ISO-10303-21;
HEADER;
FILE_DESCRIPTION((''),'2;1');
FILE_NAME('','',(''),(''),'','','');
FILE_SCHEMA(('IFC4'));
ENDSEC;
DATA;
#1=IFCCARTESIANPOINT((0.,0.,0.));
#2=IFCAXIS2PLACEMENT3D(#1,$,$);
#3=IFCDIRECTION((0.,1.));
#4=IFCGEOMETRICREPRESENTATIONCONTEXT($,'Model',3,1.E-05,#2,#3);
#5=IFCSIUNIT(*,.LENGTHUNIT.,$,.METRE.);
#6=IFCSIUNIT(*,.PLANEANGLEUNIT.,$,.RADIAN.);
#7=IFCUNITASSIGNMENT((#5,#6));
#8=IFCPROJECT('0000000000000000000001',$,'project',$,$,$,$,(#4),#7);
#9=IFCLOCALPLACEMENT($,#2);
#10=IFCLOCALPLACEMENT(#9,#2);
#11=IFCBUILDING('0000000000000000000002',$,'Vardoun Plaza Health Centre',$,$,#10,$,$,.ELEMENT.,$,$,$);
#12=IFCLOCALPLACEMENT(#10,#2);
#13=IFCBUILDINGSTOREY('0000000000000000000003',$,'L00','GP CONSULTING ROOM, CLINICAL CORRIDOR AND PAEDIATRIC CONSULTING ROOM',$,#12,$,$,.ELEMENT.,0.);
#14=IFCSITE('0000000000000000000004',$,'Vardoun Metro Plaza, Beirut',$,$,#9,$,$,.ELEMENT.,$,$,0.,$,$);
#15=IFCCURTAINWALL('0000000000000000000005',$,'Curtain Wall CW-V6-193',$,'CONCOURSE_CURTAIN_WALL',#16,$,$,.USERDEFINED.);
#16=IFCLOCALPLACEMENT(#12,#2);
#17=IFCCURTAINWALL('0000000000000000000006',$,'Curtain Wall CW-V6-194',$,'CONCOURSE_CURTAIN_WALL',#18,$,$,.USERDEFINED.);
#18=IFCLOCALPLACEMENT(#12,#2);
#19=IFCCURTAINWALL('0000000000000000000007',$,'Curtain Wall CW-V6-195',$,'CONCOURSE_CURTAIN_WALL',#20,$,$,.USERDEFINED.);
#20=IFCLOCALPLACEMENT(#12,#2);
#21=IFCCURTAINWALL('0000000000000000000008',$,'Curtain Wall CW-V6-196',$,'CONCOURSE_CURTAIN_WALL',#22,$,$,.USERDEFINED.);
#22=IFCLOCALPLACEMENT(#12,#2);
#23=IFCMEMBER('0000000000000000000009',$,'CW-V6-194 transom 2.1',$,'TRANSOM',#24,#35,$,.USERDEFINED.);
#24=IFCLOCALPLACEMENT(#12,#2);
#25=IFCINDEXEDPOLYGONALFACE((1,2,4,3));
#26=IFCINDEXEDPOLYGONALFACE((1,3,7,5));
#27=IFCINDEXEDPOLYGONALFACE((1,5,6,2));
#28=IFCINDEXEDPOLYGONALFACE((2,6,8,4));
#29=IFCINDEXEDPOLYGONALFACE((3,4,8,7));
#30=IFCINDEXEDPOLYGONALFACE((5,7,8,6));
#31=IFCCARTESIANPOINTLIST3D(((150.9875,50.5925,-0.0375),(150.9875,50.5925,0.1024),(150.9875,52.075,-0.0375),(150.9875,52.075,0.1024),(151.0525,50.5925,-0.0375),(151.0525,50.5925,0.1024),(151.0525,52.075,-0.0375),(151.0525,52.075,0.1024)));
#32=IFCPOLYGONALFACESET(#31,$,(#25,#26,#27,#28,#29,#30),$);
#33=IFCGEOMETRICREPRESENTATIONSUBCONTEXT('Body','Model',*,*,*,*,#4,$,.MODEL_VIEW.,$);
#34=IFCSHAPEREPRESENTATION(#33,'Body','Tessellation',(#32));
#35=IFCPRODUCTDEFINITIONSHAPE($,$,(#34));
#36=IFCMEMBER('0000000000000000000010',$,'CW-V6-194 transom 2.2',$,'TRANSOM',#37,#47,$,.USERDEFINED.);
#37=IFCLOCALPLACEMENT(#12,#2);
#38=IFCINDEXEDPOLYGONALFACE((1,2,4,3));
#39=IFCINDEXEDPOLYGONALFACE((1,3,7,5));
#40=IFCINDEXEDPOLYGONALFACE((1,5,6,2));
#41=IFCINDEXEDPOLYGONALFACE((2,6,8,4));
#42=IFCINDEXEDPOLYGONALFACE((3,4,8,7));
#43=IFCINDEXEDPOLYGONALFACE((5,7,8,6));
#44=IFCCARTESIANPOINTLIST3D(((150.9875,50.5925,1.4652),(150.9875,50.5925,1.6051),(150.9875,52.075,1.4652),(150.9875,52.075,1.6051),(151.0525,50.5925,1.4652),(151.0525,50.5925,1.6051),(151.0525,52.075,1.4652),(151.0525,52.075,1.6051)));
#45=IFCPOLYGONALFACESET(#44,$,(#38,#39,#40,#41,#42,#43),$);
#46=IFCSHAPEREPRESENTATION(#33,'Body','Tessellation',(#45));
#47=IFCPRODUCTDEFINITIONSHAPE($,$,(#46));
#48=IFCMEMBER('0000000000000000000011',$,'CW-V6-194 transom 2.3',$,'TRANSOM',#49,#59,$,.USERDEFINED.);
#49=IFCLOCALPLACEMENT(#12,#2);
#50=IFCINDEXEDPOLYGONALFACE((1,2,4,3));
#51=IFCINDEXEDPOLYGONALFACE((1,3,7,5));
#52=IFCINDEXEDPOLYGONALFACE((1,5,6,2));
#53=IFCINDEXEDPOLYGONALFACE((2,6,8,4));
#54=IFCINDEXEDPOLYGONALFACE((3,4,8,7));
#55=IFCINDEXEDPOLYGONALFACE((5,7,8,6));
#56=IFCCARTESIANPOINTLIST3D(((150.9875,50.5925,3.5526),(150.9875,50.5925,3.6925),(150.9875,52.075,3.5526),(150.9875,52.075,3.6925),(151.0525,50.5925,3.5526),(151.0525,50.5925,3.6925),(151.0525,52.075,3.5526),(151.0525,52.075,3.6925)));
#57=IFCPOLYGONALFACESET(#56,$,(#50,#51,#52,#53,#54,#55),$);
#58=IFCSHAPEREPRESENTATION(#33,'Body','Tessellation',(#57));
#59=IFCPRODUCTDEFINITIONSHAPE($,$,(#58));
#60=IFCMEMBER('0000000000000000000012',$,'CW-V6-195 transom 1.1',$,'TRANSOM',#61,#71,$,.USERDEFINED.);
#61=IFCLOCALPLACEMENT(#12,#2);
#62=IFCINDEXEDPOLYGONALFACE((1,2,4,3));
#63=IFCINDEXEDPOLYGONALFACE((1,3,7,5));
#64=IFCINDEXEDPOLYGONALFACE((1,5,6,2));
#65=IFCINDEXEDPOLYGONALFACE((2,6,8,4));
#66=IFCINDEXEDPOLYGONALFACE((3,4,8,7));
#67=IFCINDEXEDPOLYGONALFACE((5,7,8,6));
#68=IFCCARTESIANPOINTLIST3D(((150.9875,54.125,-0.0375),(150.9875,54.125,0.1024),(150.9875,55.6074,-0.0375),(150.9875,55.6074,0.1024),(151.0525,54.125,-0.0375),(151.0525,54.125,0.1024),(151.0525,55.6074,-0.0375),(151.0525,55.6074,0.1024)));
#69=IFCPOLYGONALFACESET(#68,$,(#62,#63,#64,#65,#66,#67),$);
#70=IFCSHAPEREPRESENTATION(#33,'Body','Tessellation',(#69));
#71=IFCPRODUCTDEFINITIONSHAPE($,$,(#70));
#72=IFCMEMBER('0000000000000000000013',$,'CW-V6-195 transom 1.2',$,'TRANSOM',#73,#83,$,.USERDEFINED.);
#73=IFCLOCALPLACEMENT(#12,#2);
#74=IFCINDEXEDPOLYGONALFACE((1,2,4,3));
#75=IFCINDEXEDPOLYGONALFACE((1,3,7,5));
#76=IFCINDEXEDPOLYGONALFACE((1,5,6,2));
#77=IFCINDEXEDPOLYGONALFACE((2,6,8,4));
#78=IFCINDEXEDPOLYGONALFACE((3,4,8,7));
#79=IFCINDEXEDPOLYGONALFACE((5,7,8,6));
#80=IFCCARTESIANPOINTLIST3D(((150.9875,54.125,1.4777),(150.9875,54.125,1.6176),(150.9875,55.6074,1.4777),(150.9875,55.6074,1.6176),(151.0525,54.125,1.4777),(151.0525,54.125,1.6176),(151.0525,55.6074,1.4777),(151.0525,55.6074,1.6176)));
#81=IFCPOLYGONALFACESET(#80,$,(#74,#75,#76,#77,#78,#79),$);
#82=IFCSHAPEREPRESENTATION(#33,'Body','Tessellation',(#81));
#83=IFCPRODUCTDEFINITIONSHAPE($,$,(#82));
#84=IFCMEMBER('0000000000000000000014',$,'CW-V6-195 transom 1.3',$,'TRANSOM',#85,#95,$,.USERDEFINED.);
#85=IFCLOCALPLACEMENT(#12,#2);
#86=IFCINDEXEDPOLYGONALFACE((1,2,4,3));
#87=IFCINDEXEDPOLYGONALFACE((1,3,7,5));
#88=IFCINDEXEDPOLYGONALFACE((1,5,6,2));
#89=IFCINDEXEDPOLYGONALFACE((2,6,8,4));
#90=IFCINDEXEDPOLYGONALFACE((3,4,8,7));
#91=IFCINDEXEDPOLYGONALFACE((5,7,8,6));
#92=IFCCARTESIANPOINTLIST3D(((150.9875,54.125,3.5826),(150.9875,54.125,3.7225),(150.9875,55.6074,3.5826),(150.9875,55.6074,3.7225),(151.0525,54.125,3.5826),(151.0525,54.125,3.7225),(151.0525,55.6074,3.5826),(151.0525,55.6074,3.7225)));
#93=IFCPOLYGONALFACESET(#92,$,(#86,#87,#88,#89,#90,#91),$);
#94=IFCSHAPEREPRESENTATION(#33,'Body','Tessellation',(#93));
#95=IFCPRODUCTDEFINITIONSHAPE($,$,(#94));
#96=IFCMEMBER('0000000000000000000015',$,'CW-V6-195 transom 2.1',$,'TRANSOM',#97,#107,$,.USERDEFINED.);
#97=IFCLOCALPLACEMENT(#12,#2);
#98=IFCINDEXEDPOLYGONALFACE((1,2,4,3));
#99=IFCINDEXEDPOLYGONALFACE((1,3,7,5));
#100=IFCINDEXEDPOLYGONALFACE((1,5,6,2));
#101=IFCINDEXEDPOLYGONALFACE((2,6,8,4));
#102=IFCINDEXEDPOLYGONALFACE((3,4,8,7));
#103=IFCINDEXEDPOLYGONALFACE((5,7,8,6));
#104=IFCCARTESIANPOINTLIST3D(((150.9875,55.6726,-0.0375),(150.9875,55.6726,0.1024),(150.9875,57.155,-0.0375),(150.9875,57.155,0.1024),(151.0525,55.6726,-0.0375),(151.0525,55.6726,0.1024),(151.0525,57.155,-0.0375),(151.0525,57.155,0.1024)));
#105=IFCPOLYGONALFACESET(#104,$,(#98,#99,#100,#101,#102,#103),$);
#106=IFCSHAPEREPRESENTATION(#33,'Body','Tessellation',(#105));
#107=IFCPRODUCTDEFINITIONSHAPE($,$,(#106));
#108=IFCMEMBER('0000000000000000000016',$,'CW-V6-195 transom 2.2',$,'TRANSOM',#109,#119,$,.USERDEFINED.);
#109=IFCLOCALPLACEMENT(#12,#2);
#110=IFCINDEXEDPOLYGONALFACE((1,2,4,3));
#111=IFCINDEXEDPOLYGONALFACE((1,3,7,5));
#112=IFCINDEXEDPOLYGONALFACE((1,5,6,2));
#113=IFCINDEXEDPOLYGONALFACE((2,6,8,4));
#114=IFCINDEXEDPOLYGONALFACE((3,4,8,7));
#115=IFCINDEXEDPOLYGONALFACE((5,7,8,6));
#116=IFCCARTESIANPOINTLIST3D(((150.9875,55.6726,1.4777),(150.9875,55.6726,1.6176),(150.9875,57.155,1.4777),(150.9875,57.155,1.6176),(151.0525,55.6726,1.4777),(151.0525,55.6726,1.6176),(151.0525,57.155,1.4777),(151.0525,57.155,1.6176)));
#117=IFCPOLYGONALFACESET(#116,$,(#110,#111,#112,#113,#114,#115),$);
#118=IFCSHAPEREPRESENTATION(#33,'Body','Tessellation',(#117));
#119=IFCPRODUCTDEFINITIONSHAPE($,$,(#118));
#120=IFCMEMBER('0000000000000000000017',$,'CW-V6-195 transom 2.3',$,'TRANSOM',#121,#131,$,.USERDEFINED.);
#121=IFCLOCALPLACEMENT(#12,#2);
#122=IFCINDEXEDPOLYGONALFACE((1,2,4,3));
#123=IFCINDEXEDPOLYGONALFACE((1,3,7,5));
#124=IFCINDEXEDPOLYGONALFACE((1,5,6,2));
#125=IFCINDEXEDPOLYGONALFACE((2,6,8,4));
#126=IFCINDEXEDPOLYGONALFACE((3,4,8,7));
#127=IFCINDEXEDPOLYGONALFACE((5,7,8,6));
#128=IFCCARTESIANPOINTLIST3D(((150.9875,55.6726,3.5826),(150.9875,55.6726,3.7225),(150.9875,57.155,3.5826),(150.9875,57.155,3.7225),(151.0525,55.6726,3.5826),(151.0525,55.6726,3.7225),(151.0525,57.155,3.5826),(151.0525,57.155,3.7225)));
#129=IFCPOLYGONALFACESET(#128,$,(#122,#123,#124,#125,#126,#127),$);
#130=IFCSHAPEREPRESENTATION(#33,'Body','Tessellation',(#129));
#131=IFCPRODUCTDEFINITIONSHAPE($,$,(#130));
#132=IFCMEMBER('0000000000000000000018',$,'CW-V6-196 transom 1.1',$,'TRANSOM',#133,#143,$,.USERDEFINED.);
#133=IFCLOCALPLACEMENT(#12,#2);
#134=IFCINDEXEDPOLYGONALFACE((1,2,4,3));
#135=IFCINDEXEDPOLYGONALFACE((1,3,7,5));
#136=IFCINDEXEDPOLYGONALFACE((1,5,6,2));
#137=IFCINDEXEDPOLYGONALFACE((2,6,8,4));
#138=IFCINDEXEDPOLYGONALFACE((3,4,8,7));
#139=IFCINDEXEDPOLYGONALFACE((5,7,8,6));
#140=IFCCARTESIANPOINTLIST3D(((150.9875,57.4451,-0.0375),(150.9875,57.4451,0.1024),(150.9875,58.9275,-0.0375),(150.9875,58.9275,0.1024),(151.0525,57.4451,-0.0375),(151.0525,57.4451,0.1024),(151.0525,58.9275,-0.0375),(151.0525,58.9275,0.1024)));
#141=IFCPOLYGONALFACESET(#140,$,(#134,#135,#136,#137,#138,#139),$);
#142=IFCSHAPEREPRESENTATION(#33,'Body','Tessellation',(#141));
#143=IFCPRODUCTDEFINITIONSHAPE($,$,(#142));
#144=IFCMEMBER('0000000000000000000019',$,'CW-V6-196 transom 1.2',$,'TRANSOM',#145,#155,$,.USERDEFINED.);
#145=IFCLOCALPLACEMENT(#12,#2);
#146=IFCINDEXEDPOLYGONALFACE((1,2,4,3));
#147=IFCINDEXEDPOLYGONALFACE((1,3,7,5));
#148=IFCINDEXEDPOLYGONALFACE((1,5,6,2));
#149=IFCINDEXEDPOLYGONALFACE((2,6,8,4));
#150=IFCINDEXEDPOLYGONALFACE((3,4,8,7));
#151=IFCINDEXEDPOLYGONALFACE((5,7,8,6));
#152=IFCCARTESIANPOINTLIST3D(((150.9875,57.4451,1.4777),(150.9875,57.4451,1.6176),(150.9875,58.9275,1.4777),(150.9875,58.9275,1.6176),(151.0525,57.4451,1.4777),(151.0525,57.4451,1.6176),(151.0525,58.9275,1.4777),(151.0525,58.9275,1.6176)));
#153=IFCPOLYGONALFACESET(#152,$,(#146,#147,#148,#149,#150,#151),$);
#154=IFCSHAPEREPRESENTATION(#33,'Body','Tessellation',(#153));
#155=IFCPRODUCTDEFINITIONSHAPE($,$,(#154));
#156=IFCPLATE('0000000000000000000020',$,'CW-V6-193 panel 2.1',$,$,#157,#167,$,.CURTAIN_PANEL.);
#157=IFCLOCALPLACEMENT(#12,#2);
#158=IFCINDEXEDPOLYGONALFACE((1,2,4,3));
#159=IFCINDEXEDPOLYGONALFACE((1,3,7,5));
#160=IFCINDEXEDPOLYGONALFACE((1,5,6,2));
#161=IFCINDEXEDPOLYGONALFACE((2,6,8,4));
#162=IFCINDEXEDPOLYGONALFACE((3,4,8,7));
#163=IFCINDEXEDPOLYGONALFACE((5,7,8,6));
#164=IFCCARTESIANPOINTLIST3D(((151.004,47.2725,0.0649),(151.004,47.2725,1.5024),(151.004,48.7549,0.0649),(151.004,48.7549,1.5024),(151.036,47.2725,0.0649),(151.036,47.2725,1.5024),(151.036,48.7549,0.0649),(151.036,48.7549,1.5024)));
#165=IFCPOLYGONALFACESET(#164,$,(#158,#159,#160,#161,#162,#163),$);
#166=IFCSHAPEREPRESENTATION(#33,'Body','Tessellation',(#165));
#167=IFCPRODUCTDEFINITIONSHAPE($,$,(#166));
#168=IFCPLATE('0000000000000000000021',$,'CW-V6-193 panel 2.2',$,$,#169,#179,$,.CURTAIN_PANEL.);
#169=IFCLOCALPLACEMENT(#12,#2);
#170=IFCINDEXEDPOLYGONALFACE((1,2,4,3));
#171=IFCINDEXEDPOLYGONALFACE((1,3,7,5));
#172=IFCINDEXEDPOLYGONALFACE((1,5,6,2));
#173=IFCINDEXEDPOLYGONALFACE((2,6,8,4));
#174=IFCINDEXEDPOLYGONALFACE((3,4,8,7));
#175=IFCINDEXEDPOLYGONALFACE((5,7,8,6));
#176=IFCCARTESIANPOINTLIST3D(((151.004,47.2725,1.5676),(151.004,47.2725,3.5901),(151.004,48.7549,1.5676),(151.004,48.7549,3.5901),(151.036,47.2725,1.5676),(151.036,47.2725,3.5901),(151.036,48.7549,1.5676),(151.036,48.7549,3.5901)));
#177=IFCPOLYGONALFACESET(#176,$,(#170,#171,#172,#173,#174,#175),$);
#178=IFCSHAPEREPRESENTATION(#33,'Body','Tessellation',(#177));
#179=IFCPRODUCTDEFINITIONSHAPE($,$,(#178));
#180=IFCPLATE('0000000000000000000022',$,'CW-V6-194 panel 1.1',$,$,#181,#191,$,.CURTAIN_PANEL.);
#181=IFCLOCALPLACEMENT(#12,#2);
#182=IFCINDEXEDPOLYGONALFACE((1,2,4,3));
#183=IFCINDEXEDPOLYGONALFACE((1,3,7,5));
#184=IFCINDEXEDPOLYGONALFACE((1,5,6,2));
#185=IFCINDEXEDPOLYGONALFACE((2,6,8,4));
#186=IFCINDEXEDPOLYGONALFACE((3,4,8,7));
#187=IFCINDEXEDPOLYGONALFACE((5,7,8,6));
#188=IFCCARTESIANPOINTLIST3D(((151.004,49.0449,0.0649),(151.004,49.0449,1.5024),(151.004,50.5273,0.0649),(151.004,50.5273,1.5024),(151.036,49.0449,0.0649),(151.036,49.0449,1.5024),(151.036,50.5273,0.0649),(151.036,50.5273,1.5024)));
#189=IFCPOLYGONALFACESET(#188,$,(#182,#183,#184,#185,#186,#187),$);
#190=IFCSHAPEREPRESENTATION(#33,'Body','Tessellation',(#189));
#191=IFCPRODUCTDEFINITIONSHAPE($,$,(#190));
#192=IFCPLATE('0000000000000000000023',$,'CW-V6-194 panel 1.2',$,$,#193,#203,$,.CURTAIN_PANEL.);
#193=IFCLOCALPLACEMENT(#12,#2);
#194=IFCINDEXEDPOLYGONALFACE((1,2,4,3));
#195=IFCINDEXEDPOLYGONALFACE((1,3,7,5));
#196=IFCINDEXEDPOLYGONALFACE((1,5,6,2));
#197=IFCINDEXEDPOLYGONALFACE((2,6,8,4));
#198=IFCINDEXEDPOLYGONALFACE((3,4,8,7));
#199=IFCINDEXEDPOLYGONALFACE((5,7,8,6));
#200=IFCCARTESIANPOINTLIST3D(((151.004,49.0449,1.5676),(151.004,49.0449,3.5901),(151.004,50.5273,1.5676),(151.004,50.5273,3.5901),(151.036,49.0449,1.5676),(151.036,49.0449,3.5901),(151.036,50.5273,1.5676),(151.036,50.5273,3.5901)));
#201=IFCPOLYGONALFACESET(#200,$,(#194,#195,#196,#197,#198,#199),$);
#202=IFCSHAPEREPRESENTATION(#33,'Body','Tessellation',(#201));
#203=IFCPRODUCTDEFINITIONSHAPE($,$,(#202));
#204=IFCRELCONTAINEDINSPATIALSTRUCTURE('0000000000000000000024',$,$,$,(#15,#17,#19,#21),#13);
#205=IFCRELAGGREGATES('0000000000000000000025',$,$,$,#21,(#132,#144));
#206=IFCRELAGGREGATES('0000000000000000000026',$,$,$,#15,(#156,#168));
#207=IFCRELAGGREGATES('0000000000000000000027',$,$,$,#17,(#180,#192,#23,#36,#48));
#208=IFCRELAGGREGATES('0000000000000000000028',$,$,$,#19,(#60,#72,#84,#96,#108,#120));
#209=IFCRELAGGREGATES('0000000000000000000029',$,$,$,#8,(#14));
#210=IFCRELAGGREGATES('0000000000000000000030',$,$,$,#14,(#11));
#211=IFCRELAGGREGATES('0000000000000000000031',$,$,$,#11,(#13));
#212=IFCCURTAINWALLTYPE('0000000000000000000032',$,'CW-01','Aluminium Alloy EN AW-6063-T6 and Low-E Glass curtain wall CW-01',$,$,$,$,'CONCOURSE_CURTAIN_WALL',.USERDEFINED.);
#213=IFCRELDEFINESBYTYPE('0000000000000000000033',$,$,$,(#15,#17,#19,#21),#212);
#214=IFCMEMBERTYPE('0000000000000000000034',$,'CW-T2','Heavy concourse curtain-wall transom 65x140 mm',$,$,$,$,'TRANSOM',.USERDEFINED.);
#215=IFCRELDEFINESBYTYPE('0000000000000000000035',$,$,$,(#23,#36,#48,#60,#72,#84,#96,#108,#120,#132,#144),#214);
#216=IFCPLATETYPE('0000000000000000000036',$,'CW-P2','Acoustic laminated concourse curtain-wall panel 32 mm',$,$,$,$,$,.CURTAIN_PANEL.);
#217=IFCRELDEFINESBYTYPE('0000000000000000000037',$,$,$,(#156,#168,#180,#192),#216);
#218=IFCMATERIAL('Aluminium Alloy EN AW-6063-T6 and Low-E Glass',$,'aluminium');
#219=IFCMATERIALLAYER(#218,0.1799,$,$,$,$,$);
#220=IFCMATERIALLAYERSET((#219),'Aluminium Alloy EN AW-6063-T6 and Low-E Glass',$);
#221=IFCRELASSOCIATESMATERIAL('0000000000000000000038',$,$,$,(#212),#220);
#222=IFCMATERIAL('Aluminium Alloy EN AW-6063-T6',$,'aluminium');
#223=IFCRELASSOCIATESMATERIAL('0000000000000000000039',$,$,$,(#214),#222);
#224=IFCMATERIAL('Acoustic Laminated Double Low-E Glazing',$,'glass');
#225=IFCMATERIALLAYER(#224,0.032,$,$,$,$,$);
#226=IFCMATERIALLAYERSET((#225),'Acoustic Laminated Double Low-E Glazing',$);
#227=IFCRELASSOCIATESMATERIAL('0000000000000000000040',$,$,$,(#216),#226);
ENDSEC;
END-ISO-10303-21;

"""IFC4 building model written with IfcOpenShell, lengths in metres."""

from ifc_helpers import new_model, si_unit, direction, frame, origin, origin_2d, place, context, subcontext, project, spatial, rectangle, extrude, material, layer, layer_set, material_profile, profile_set, type_object, element, aggregate, save


model = new_model("IFC4")

# Units and contexts
model_context = context("Model", 3, precision=1e-05, world=origin(), true_north=direction((0.0, 1.0)))
body_context = subcontext(model_context, "Body", "Model", "MODEL_VIEW")
ifc_project = project(units=[si_unit("LENGTHUNIT", "METRE"), si_unit("PLANEANGLEUNIT", "RADIAN")], contexts=[model_context])

# Site, building, storey
site_placement = place(None, origin())
site = spatial("IfcSite", under=ifc_project, at=site_placement, Name="Vardoun Metro Plaza, Beirut", CompositionType="ELEMENT", RefElevation=0.0)
building_placement = place(site_placement, origin())
building = spatial("IfcBuilding", under=site, at=building_placement, Name="Vardoun Plaza Health Centre", CompositionType="ELEMENT")
storey_placement = place(building_placement, origin())
storey = spatial("IfcBuildingStorey", under=building, at=storey_placement, Name="L00", Description="GP CONSULTING ROOM, CLINICAL CORRIDOR AND PAEDIATRIC CONSULTING ROOM", CompositionType="ELEMENT", Elevation=0.0)

# Curtain walls
ifc_material_1 = material(Name="Aluminium Alloy EN AW-6063-T6 and Low-E Glass", Category="aluminium")
ifc_layer_1 = layer(ifc_material_1, 0.1799)
ifc_layer_set_1 = layer_set([ifc_layer_1], Name="Aluminium Alloy EN AW-6063-T6 and Low-E Glass")
curtain_wall_type = type_object("IfcCurtainWallType", Name="CW-01", Description="Aluminium Alloy EN AW-6063-T6 and Low-E Glass curtain wall CW-01", ElementType="CONCOURSE_CURTAIN_WALL", PredefinedType="USERDEFINED", material=ifc_layer_set_1)
curtain_wall_1_placement = place(storey_placement, origin())
curtain_wall_1 = element("IfcCurtainWall", 1, at=curtain_wall_1_placement, inside=storey, type_object=curtain_wall_type, Name="Curtain Wall CW-V6-193", ObjectType="CONCOURSE_CURTAIN_WALL", PredefinedType="USERDEFINED")
curtain_wall_2_placement = place(storey_placement, origin())
curtain_wall_2 = element("IfcCurtainWall", 2, at=curtain_wall_2_placement, inside=storey, type_object=curtain_wall_type, Name="Curtain Wall CW-V6-194", ObjectType="CONCOURSE_CURTAIN_WALL", PredefinedType="USERDEFINED")
curtain_wall_3_placement = place(storey_placement, origin())
curtain_wall_3 = element("IfcCurtainWall", 3, at=curtain_wall_3_placement, inside=storey, type_object=curtain_wall_type, Name="Curtain Wall CW-V6-195", ObjectType="CONCOURSE_CURTAIN_WALL", PredefinedType="USERDEFINED")

# Curtain wall
curtain_wall_4_placement = place(storey_placement, origin())
curtain_wall_4 = element("IfcCurtainWall", 4, at=curtain_wall_4_placement, inside=storey, type_object=curtain_wall_type, Name="Curtain Wall CW-V6-196", ObjectType="CONCOURSE_CURTAIN_WALL", PredefinedType="USERDEFINED")

# Members
ifc_material_2 = material(Name="Aluminium Alloy EN AW-6063-T6", Category="aluminium")
ifc_material_profile_1 = material_profile(ifc_material_2, rectangle(XDim=0.0649, YDim=0.1399, at=origin_2d()), Name="CWT 65x140")
ifc_profile_set_1 = profile_set([ifc_material_profile_1], Name="Aluminium Alloy EN AW-6063-T6")
member_type_1 = type_object("IfcMemberType", Name="CW-T2", Description="Heavy concourse curtain-wall transom 65x140 mm", ElementType="TRANSOM", PredefinedType="USERDEFINED", material=ifc_profile_set_1)
member_1_placement = place(storey_placement, frame((151.02, 50.5925, 0.0325), z_axis=(0.0, 1.0, 0.0), x_axis=(-1.0, 0.0, 0.0)))
member_1 = element("IfcMember", 5, at=member_1_placement, type_object=member_type_1, Name="CW-V6-194 transom 2.1", ObjectType="TRANSOM", PredefinedType="USERDEFINED", context=body_context, shape_type="SweptSolid", body=[
    extrude(rectangle(XDim=0.0649, YDim=0.1399, at=origin_2d()), origin(), (0.0, 0.0, 1.0), 1.4824),
])
member_2_placement = place(storey_placement, frame((151.02, 50.5925, 1.5352), z_axis=(0.0, 1.0, 0.0), x_axis=(-1.0, 0.0, 0.0)))
member_2 = element("IfcMember", 6, at=member_2_placement, type_object=member_type_1, Name="CW-V6-194 transom 2.2", ObjectType="TRANSOM", PredefinedType="USERDEFINED", context=body_context, shape_type="SweptSolid", body=[
    extrude(rectangle(XDim=0.0649, YDim=0.1399, at=origin_2d()), origin(), (0.0, 0.0, 1.0), 1.4824),
])
member_3_placement = place(storey_placement, frame((151.02, 50.5925, 3.6226), z_axis=(0.0, 1.0, 0.0), x_axis=(-1.0, 0.0, 0.0)))
member_3 = element("IfcMember", 7, at=member_3_placement, type_object=member_type_1, Name="CW-V6-194 transom 2.3", ObjectType="TRANSOM", PredefinedType="USERDEFINED", context=body_context, shape_type="SweptSolid", body=[
    extrude(rectangle(XDim=0.0649, YDim=0.1399, at=origin_2d()), origin(), (0.0, 0.0, 1.0), 1.4824),
])
member_4_placement = place(storey_placement, frame((151.02, 54.125, 0.0325), z_axis=(0.0, 1.0, 0.0), x_axis=(-1.0, 0.0, 0.0)))
member_4 = element("IfcMember", 8, at=member_4_placement, type_object=member_type_1, Name="CW-V6-195 transom 1.1", ObjectType="TRANSOM", PredefinedType="USERDEFINED", context=body_context, shape_type="SweptSolid", body=[
    extrude(rectangle(XDim=0.0649, YDim=0.1399, at=origin_2d()), origin(), (0.0, 0.0, 1.0), 1.4824),
])
member_5_placement = place(storey_placement, frame((151.02, 54.125, 1.5476), z_axis=(0.0, 1.0, 0.0), x_axis=(-1.0, 0.0, 0.0)))
member_5 = element("IfcMember", 9, at=member_5_placement, type_object=member_type_1, Name="CW-V6-195 transom 1.2", ObjectType="TRANSOM", PredefinedType="USERDEFINED", context=body_context, shape_type="SweptSolid", body=[
    extrude(rectangle(XDim=0.0649, YDim=0.1399, at=origin_2d()), origin(), (0.0, 0.0, 1.0), 1.4824),
])
member_6_placement = place(storey_placement, frame((151.02, 54.125, 3.6526), z_axis=(0.0, 1.0, 0.0), x_axis=(-1.0, 0.0, 0.0)))
member_6 = element("IfcMember", 10, at=member_6_placement, type_object=member_type_1, Name="CW-V6-195 transom 1.3", ObjectType="TRANSOM", PredefinedType="USERDEFINED", context=body_context, shape_type="SweptSolid", body=[
    extrude(rectangle(XDim=0.0649, YDim=0.1399, at=origin_2d()), origin(), (0.0, 0.0, 1.0), 1.4824),
])
member_7_placement = place(storey_placement, frame((151.02, 55.6726, 0.0325), z_axis=(0.0, 1.0, 0.0), x_axis=(-1.0, 0.0, 0.0)))
member_7 = element("IfcMember", 11, at=member_7_placement, type_object=member_type_1, Name="CW-V6-195 transom 2.1", ObjectType="TRANSOM", PredefinedType="USERDEFINED", context=body_context, shape_type="SweptSolid", body=[
    extrude(rectangle(XDim=0.0649, YDim=0.1399, at=origin_2d()), origin(), (0.0, 0.0, 1.0), 1.4824),
])
member_8_placement = place(storey_placement, frame((151.02, 55.6726, 1.5476), z_axis=(0.0, 1.0, 0.0), x_axis=(-1.0, 0.0, 0.0)))
member_8 = element("IfcMember", 12, at=member_8_placement, type_object=member_type_1, Name="CW-V6-195 transom 2.2", ObjectType="TRANSOM", PredefinedType="USERDEFINED", context=body_context, shape_type="SweptSolid", body=[
    extrude(rectangle(XDim=0.0649, YDim=0.1399, at=origin_2d()), origin(), (0.0, 0.0, 1.0), 1.4824),
])
member_9_placement = place(storey_placement, frame((151.02, 55.6726, 3.6526), z_axis=(0.0, 1.0, 0.0), x_axis=(-1.0, 0.0, 0.0)))
member_9 = element("IfcMember", 13, at=member_9_placement, type_object=member_type_1, Name="CW-V6-195 transom 2.3", ObjectType="TRANSOM", PredefinedType="USERDEFINED", context=body_context, shape_type="SweptSolid", body=[
    extrude(rectangle(XDim=0.0649, YDim=0.1399, at=origin_2d()), origin(), (0.0, 0.0, 1.0), 1.4824),
])
member_10_placement = place(storey_placement, frame((151.02, 57.4451, 0.0325), z_axis=(0.0, 1.0, 0.0), x_axis=(-1.0, 0.0, 0.0)))
member_10 = element("IfcMember", 14, at=member_10_placement, type_object=member_type_1, Name="CW-V6-196 transom 1.1", ObjectType="TRANSOM", PredefinedType="USERDEFINED", context=body_context, shape_type="SweptSolid", body=[
    extrude(rectangle(XDim=0.0649, YDim=0.1399, at=origin_2d()), origin(), (0.0, 0.0, 1.0), 1.4824),
])
member_11_placement = place(storey_placement, frame((151.02, 57.4451, 1.5476), z_axis=(0.0, 1.0, 0.0), x_axis=(-1.0, 0.0, 0.0)))
member_11 = element("IfcMember", 15, at=member_11_placement, type_object=member_type_1, Name="CW-V6-196 transom 1.2", ObjectType="TRANSOM", PredefinedType="USERDEFINED", context=body_context, shape_type="SweptSolid", body=[
    extrude(rectangle(XDim=0.0649, YDim=0.1399, at=origin_2d()), origin(), (0.0, 0.0, 1.0), 1.4824),
])
aggregate(curtain_wall_4, [member_10, member_11])

# Plates
ifc_material_3 = material(Name="Acoustic Laminated Double Low-E Glazing", Category="glass")
ifc_layer_2 = layer(ifc_material_3, 0.032)
ifc_layer_set_2 = layer_set([ifc_layer_2], Name="Acoustic Laminated Double Low-E Glazing")
plate_type_1 = type_object("IfcPlateType", Name="CW-P2", Description="Acoustic laminated concourse curtain-wall panel 32 mm", PredefinedType="CURTAIN_PANEL", material=ifc_layer_set_2)
plate_1_placement = place(storey_placement, frame((151.02, 48.0137, 0.0649), z_axis=(0.0, 0.0, 1.0), x_axis=(0.0, 1.0, 0.0)))
plate_1 = element("IfcPlate", 16, at=plate_1_placement, type_object=plate_type_1, Name="CW-V6-193 panel 2.1", PredefinedType="CURTAIN_PANEL", context=body_context, shape_type="SweptSolid", body=[
    extrude(rectangle(XDim=1.4824, YDim=0.032, at=origin_2d()), origin(), (0.0, 0.0, 1.0), 1.4375),
])
plate_2_placement = place(storey_placement, frame((151.02, 48.0137, 1.5676), z_axis=(0.0, 0.0, 1.0), x_axis=(0.0, 1.0, 0.0)))
plate_2 = element("IfcPlate", 17, at=plate_2_placement, type_object=plate_type_1, Name="CW-V6-193 panel 2.2", PredefinedType="CURTAIN_PANEL", context=body_context, shape_type="SweptSolid", body=[
    extrude(rectangle(XDim=1.4824, YDim=0.032, at=origin_2d()), origin(), (0.0, 0.0, 1.0), 2.0225),
])
aggregate(curtain_wall_1, [plate_1, plate_2])
plate_3_placement = place(storey_placement, frame((151.02, 49.7861, 0.0649), z_axis=(0.0, 0.0, 1.0), x_axis=(0.0, 1.0, 0.0)))
plate_3 = element("IfcPlate", 18, at=plate_3_placement, type_object=plate_type_1, Name="CW-V6-194 panel 1.1", PredefinedType="CURTAIN_PANEL", context=body_context, shape_type="SweptSolid", body=[
    extrude(rectangle(XDim=1.4824, YDim=0.032, at=origin_2d()), origin(), (0.0, 0.0, 1.0), 1.4375),
])
plate_4_placement = place(storey_placement, frame((151.02, 49.7861, 1.5676), z_axis=(0.0, 0.0, 1.0), x_axis=(0.0, 1.0, 0.0)))
plate_4 = element("IfcPlate", 19, at=plate_4_placement, type_object=plate_type_1, Name="CW-V6-194 panel 1.2", PredefinedType="CURTAIN_PANEL", context=body_context, shape_type="SweptSolid", body=[
    extrude(rectangle(XDim=1.4824, YDim=0.032, at=origin_2d()), origin(), (0.0, 0.0, 1.0), 2.0225),
])
aggregate(curtain_wall_2, [plate_3, plate_4, member_1, member_2, member_3])
aggregate(curtain_wall_3, [member_4, member_5, member_6, member_7, member_8, member_9])

save(model, "model.ifc")
